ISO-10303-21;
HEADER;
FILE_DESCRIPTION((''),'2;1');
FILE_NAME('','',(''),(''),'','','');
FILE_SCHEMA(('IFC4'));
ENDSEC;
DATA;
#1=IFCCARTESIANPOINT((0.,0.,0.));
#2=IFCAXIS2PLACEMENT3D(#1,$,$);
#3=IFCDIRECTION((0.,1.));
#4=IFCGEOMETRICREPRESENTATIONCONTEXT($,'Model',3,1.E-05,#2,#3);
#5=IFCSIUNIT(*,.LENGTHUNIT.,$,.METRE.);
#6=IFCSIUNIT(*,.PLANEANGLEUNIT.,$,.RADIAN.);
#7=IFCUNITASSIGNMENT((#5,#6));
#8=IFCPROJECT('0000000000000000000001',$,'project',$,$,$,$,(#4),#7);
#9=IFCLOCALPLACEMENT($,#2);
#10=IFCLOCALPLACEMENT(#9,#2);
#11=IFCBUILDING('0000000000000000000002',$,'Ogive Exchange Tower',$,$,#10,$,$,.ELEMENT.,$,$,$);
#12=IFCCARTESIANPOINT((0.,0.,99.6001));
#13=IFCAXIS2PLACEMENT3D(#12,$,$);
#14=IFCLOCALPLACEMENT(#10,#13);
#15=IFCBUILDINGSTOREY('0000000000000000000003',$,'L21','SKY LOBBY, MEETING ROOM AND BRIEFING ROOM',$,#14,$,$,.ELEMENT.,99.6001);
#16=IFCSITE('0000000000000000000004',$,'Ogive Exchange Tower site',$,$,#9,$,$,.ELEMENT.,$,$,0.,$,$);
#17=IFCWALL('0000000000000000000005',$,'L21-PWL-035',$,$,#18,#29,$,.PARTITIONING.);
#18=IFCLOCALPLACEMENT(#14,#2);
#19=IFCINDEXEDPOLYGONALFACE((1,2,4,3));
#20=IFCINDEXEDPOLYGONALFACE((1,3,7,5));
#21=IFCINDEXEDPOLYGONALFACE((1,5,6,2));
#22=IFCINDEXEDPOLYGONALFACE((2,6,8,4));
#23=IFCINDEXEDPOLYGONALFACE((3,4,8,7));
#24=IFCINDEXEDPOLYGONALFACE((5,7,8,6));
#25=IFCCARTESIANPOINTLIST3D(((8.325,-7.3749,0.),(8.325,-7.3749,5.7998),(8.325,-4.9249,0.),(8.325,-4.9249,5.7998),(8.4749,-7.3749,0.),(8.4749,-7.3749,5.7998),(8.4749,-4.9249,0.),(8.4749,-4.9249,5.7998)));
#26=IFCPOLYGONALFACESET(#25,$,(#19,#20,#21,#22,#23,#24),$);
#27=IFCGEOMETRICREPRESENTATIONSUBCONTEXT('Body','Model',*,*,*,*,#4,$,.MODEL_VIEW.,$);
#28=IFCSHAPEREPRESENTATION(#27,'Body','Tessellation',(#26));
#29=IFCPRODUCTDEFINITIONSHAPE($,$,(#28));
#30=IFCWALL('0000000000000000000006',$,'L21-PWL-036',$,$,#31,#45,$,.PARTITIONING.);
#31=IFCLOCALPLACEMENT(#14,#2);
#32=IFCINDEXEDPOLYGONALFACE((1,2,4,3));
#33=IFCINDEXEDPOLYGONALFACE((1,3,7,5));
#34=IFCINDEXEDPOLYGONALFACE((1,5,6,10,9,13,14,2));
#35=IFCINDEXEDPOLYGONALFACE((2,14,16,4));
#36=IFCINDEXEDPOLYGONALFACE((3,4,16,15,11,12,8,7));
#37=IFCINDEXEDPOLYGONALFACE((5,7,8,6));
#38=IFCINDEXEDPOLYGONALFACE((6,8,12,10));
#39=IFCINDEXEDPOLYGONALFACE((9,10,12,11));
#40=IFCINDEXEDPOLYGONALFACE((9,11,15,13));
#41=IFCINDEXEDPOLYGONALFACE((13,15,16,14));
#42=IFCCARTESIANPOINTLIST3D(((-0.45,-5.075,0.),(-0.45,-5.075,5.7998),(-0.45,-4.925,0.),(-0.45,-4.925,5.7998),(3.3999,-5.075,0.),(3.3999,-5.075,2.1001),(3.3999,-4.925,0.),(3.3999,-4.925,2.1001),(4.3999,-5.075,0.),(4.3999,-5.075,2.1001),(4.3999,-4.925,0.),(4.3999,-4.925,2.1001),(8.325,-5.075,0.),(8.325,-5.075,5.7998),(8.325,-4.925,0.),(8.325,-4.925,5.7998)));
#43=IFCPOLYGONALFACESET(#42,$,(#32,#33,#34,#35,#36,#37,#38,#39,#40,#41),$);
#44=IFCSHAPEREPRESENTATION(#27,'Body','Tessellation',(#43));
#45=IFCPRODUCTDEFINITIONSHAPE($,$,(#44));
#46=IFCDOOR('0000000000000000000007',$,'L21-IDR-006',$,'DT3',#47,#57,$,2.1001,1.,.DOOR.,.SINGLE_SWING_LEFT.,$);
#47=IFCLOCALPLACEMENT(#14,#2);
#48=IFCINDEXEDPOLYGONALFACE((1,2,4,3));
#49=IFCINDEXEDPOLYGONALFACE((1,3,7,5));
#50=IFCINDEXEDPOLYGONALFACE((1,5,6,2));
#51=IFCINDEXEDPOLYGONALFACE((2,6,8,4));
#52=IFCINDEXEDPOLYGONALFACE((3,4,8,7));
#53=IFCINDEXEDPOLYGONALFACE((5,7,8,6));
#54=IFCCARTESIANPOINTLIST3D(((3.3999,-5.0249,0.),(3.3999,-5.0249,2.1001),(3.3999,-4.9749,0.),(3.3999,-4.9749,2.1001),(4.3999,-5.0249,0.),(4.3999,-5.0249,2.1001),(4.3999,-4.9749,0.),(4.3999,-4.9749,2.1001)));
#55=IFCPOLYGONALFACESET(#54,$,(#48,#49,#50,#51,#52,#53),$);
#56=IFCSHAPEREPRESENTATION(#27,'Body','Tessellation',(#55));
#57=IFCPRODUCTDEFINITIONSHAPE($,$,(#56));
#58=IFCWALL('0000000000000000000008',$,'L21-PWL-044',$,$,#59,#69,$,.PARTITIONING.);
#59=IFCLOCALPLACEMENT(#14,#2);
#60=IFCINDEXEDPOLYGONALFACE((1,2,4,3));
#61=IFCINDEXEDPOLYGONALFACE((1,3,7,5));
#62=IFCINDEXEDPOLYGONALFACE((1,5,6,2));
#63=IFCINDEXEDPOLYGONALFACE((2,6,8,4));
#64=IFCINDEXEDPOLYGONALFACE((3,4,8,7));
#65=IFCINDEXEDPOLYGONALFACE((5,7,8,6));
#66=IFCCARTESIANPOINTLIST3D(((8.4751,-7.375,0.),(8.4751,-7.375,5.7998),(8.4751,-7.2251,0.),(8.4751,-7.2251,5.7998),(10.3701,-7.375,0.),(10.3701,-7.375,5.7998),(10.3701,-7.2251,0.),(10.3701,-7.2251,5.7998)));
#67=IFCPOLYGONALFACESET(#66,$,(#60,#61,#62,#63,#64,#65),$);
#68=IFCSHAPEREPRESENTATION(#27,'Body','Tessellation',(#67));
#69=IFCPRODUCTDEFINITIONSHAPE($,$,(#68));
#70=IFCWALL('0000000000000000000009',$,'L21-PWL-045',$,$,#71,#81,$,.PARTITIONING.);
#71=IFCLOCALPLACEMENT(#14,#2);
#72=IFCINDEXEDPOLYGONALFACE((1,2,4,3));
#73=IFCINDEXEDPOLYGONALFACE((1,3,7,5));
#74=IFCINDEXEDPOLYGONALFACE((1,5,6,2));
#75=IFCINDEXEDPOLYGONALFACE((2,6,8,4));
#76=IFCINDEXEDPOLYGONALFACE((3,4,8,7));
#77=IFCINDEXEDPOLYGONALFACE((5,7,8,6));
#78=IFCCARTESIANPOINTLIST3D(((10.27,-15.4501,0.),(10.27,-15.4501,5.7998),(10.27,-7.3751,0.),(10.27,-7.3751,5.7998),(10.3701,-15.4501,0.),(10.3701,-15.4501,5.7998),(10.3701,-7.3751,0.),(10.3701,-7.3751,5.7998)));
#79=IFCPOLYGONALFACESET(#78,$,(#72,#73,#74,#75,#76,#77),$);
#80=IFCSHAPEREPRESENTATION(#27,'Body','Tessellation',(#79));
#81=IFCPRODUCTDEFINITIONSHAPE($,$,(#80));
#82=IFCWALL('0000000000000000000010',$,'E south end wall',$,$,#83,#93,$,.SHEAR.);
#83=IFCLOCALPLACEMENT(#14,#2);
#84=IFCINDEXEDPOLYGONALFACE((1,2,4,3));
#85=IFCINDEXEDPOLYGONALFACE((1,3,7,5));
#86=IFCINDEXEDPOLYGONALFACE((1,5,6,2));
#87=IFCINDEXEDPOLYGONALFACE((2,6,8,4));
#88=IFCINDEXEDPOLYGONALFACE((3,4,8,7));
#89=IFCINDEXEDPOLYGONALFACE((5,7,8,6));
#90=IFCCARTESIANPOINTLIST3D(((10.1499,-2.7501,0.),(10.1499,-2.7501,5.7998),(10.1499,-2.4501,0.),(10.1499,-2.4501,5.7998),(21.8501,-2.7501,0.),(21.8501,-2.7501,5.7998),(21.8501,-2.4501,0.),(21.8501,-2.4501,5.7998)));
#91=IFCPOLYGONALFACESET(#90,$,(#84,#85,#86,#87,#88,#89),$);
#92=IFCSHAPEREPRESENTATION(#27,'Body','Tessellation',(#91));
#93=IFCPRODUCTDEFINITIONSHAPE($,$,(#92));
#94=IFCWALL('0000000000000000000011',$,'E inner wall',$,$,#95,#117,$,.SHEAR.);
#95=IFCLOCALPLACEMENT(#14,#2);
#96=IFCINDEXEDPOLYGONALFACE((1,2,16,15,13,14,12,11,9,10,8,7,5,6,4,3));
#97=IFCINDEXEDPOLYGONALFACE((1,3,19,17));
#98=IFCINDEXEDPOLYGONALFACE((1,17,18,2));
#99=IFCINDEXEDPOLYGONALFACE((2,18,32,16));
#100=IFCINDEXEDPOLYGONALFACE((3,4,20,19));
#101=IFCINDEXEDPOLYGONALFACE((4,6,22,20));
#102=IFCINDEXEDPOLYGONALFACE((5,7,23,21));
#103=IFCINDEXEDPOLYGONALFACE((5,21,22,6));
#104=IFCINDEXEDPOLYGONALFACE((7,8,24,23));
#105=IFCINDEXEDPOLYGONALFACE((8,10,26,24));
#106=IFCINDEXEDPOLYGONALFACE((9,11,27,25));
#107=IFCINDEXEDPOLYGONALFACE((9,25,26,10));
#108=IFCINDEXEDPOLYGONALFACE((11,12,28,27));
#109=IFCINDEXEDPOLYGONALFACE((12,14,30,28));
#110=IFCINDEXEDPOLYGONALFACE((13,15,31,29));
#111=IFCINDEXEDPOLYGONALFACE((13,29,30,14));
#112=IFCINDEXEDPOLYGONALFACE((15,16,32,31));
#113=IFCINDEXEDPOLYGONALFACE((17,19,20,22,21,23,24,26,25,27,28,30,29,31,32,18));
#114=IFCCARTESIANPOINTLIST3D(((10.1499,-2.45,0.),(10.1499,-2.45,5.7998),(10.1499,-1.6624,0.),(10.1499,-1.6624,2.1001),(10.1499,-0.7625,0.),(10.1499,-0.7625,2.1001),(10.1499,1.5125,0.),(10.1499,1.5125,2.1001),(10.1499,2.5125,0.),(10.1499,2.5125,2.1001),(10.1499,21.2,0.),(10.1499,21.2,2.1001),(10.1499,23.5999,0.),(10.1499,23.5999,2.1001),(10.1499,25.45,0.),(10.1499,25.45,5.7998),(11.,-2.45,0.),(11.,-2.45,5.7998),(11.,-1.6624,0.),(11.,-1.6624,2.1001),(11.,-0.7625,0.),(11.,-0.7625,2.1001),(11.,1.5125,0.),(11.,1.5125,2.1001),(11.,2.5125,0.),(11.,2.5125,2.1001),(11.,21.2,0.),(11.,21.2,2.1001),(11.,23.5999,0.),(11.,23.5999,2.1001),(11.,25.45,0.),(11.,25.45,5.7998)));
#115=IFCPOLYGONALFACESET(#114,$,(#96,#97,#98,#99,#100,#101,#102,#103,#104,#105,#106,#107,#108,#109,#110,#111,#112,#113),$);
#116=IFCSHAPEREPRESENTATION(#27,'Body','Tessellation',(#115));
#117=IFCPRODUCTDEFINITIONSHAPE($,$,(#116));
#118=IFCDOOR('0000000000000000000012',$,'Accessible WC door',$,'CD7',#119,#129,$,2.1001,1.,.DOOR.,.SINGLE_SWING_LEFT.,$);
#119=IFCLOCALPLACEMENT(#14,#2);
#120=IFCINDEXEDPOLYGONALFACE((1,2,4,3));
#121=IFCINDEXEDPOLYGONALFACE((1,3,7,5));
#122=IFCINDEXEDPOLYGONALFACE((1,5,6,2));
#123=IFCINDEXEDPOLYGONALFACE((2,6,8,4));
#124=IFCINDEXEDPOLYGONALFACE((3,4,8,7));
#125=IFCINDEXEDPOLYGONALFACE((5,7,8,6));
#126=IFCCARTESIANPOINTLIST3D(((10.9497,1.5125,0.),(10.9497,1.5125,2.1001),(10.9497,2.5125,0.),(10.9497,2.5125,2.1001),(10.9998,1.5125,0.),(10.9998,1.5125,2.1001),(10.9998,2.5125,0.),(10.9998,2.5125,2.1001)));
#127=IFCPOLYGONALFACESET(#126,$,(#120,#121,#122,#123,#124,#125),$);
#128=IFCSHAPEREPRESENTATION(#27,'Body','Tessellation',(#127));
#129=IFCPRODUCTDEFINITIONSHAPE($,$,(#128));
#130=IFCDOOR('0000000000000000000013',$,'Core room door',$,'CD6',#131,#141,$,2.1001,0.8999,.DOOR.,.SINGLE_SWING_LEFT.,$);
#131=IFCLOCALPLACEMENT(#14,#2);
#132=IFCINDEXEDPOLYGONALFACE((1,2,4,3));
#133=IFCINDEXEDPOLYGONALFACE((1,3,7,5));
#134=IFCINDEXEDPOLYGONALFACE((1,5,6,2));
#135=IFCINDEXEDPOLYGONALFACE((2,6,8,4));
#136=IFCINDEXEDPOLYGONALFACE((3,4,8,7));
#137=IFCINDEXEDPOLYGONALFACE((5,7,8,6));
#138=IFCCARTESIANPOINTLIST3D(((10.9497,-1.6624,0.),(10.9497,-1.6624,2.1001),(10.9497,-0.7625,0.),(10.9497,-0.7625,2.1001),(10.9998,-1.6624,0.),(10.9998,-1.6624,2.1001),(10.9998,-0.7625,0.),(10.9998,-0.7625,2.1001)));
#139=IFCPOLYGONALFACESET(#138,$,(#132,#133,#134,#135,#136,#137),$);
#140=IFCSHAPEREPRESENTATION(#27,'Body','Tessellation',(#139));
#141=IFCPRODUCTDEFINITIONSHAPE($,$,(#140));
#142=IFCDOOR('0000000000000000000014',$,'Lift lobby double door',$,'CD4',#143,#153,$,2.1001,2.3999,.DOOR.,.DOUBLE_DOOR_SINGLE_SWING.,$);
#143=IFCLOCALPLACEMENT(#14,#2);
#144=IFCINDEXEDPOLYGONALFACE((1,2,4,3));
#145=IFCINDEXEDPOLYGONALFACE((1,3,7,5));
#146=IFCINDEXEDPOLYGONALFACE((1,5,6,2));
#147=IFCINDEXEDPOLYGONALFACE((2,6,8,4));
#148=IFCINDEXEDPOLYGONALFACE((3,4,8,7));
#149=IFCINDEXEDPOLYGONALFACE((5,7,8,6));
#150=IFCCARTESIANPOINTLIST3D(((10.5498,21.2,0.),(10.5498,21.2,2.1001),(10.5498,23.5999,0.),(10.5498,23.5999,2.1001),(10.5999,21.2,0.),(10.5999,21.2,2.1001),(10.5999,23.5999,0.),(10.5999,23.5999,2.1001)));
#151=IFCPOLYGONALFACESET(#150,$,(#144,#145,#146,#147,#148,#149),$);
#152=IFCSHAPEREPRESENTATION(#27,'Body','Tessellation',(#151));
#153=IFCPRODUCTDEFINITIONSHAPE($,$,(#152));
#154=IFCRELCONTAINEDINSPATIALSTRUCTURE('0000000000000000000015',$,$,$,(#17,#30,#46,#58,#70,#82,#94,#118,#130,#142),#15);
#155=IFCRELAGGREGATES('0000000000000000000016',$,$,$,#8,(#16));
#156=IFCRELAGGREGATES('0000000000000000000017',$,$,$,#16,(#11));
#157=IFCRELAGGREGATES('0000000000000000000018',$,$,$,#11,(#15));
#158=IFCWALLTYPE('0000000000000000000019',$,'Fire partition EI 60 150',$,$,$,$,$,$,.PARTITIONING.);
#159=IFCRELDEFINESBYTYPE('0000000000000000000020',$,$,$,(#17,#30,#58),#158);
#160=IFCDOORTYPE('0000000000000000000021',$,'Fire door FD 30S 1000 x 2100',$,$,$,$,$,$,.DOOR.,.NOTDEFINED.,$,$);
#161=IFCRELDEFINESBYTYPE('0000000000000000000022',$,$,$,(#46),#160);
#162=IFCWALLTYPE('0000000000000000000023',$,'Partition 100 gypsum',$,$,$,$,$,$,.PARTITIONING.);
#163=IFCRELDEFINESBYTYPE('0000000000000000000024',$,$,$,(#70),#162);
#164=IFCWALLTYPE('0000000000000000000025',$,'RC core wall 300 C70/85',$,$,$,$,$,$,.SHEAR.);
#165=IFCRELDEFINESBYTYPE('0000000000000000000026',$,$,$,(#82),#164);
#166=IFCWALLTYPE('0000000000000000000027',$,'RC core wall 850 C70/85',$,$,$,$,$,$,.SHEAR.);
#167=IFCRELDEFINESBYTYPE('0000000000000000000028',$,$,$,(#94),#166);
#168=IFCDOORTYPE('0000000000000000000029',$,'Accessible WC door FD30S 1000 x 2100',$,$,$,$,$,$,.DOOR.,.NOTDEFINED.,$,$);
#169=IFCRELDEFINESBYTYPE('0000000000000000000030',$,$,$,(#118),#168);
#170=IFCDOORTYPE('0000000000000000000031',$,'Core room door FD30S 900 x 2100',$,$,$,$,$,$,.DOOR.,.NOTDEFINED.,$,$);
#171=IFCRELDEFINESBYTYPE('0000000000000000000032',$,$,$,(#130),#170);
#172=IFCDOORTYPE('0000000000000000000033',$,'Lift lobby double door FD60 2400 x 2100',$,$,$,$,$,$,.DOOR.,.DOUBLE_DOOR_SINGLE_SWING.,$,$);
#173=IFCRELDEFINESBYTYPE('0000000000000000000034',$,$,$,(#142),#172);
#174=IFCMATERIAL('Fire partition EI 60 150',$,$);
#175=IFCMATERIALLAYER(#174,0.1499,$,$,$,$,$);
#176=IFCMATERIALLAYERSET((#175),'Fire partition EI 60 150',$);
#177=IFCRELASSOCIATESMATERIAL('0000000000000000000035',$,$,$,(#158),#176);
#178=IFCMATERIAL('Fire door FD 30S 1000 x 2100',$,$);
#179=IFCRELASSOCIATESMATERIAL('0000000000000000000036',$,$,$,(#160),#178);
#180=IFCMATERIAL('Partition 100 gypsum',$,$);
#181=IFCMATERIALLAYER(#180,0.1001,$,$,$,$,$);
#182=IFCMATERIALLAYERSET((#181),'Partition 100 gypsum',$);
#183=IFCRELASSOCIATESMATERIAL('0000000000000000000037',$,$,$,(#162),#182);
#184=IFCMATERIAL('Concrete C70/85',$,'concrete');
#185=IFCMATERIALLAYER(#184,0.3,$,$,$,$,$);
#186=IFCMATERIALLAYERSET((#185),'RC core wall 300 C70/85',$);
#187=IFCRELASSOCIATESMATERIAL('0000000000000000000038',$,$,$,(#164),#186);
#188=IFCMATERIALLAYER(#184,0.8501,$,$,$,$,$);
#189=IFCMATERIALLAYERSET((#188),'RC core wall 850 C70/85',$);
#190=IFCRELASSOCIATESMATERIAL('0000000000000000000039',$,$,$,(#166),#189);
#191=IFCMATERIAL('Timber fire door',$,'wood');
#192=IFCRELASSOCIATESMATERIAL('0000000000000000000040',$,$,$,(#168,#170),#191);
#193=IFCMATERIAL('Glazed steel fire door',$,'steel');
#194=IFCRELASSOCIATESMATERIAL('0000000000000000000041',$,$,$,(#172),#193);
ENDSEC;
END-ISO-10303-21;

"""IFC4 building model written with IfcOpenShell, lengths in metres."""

from ifc_helpers import new_model, si_unit, direction, frame, frame_2d, origin, place, context, subcontext, project, spatial, rectangle, extrude, material, layer, layer_set, type_object, element, fill, save


model = new_model("IFC4")

# Units and contexts
model_context = context("Model", 3, precision=1e-05, world=origin(), true_north=direction((0.0, 1.0)))
body_context = subcontext(model_context, "Body", "Model", "MODEL_VIEW")
ifc_project = project(units=[si_unit("LENGTHUNIT", "METRE"), si_unit("PLANEANGLEUNIT", "RADIAN")], contexts=[model_context])

# Site, building, storey
site_placement = place(None, origin())
site = spatial("IfcSite", under=ifc_project, at=site_placement, Name="Ogive Exchange Tower site", CompositionType="ELEMENT", RefElevation=0.0)
building_placement = place(site_placement, origin())
building = spatial("IfcBuilding", under=site, at=building_placement, Name="Ogive Exchange Tower", CompositionType="ELEMENT")
storey_placement = place(building_placement, frame((0.0, 0.0, 99.6001)))
storey = spatial("IfcBuildingStorey", under=building, at=storey_placement, Name="L21", Description="SKY LOBBY, MEETING ROOM AND BRIEFING ROOM", CompositionType="ELEMENT", Elevation=99.6001)

# Wall
ifc_material_1 = material(Name="Fire partition EI 60 150")
ifc_layer_1 = layer(ifc_material_1, 0.1499)
ifc_layer_set_1 = layer_set([ifc_layer_1], Name="Fire partition EI 60 150")
wall_type_1 = type_object("IfcWallType", Name="Fire partition EI 60 150", PredefinedType="PARTITIONING", material=ifc_layer_set_1)
wall_1_placement = place(storey_placement, frame((8.3999, -7.375, 0.0), z_axis=(0.0, 0.0, 1.0), x_axis=(0.0, 1.0, 0.0)))
element("IfcWall", 1, at=wall_1_placement, inside=storey, type_object=wall_type_1, Name="L21-PWL-035", PredefinedType="PARTITIONING", context=body_context, shape_type="SweptSolid", body=[
    extrude(rectangle(XDim=2.45, YDim=0.1499, at=frame_2d((1.2251, 0.0))), origin(), (0.0, 0.0, 1.0), 5.7998),
])

# Wall, opening, door
wall_2_placement = place(storey_placement, frame((8.325, -5.0, 0.0), z_axis=(0.0, 0.0, 1.0), x_axis=(-1.0, 0.0, 0.0)))
wall_2 = element("IfcWall", 2, at=wall_2_placement, inside=storey, type_object=wall_type_1, Name="L21-PWL-036", PredefinedType="PARTITIONING", context=body_context, shape_type="SweptSolid", body=[
    extrude(rectangle(XDim=8.7749, YDim=0.1499, at=frame_2d((4.3875, 0.0))), origin(), (0.0, 0.0, 1.0), 5.7998),
])
opening_1_placement = place(wall_2_placement, frame((3.925, 0.0, 0.0)))
opening_1 = element("IfcOpeningElement", 3, at=opening_1_placement, cuts=wall_2, PredefinedType="OPENING", context=body_context, shape_type="SweptSolid", body=[
    extrude(rectangle(XDim=1.0, YDim=2.1001, at=frame_2d((0.5, 1.05))), frame((0.0, 0.085, 0.0), z_axis=(0.0, -1.0, 0.0), x_axis=(1.0, 0.0, 0.0)), (0.0, 0.0, 1.0), 0.1699),
])
ifc_material_2 = material(Name="Fire door FD 30S 1000 x 2100")
door_type_1 = type_object("IfcDoorType", Name="Fire door FD 30S 1000 x 2100", OperationType="NOTDEFINED", PredefinedType="DOOR", material=ifc_material_2)
door_1_placement = place(opening_1_placement, origin())
door_1 = element("IfcDoor", 4, at=door_1_placement, inside=storey, type_object=door_type_1, Name="L21-IDR-006", ObjectType="DT3", OperationType="SINGLE_SWING_LEFT", OverallHeight=2.1001, OverallWidth=1.0, PredefinedType="DOOR", context=body_context, shape_type="SweptSolid", body=[
    extrude(rectangle(XDim=1.0, YDim=2.1001, at=frame_2d((0.5, 1.05))), frame((0.0, 0.0249, 0.0), z_axis=(0.0, -1.0, 0.0), x_axis=(1.0, 0.0, 0.0)), (0.0, 0.0, 1.0), 0.05),
])
fill(opening_1, door_1)

# Walls
wall_3_placement = place(storey_placement, frame((10.3701, -7.3, 0.0), z_axis=(0.0, 0.0, 1.0), x_axis=(-1.0, 0.0, 0.0)))
element("IfcWall", 5, at=wall_3_placement, inside=storey, type_object=wall_type_1, Name="L21-PWL-044", PredefinedType="PARTITIONING", context=body_context, shape_type="SweptSolid", body=[
    extrude(rectangle(XDim=1.895, YDim=0.1499, at=frame_2d((0.9475, 0.0))), origin(), (0.0, 0.0, 1.0), 5.7998),
])
ifc_material_3 = material(Name="Partition 100 gypsum")
ifc_layer_2 = layer(ifc_material_3, 0.1001)
ifc_layer_set_2 = layer_set([ifc_layer_2], Name="Partition 100 gypsum")
wall_type_2 = type_object("IfcWallType", Name="Partition 100 gypsum", PredefinedType="PARTITIONING", material=ifc_layer_set_2)
wall_4_placement = place(storey_placement, frame((10.3201, -7.375, 0.0), z_axis=(0.0, 0.0, 1.0), x_axis=(0.0, -1.0, 0.0)))
element("IfcWall", 6, at=wall_4_placement, inside=storey, type_object=wall_type_2, Name="L21-PWL-045", PredefinedType="PARTITIONING", context=body_context, shape_type="SweptSolid", body=[
    extrude(rectangle(XDim=8.075, YDim=0.1001, at=frame_2d((4.0376, 0.0))), origin(), (0.0, 0.0, 1.0), 5.7998),
])
ifc_material_4 = material(Name="Concrete C70/85", Category="concrete")
ifc_layer_3 = layer(ifc_material_4, 0.3)
ifc_layer_set_3 = layer_set([ifc_layer_3], Name="RC core wall 300 C70/85")
wall_type_3 = type_object("IfcWallType", Name="RC core wall 300 C70/85", PredefinedType="SHEAR", material=ifc_layer_set_3)
wall_5_placement = place(storey_placement, frame((10.1499, -2.6001, 0.0), z_axis=(0.0, 0.0, 1.0), x_axis=(1.0, 0.0, 0.0)))
element("IfcWall", 7, at=wall_5_placement, inside=storey, type_object=wall_type_3, Name="E south end wall", PredefinedType="SHEAR", context=body_context, shape_type="SweptSolid", body=[
    extrude(rectangle(XDim=11.7002, YDim=0.3, at=frame_2d((5.8501, 0.0))), origin(), (0.0, 0.0, 1.0), 5.7998),
])

# Wall, openings, doors
ifc_layer_4 = layer(ifc_material_4, 0.8501)
ifc_layer_set_4 = layer_set([ifc_layer_4], Name="RC core wall 850 C70/85")
wall_type_4 = type_object("IfcWallType", Name="RC core wall 850 C70/85", PredefinedType="SHEAR", material=ifc_layer_set_4)
wall_6_placement = place(storey_placement, frame((10.575, -2.45, 0.0), z_axis=(0.0, 0.0, 1.0), x_axis=(0.0, 1.0, 0.0)))
wall_6 = element("IfcWall", 8, at=wall_6_placement, inside=storey, type_object=wall_type_4, Name="E inner wall", PredefinedType="SHEAR", context=body_context, shape_type="SweptSolid", body=[
    extrude(rectangle(XDim=27.8999, YDim=0.8501, at=frame_2d((13.95, 0.0))), origin(), (0.0, 0.0, 1.0), 5.7998),
])
opening_2_placement = place(wall_6_placement, frame((23.6499, 0.0, 0.0)))
opening_2 = element("IfcOpeningElement", 9, at=opening_2_placement, cuts=wall_6, PredefinedType="OPENING", context=body_context, shape_type="SweptSolid", body=[
    extrude(rectangle(XDim=2.3999, YDim=2.1001, at=frame_2d((1.2, 1.05))), frame((0.0, 0.4351, 0.0), z_axis=(0.0, -1.0, 0.0), x_axis=(1.0, 0.0, 0.0)), (0.0, 0.0, 1.0), 0.8701),
])
opening_3_placement = place(wall_6_placement, frame((0.7876, 0.0, 0.0)))
opening_3 = element("IfcOpeningElement", 10, at=opening_3_placement, cuts=wall_6, PredefinedType="OPENING", context=body_context, shape_type="SweptSolid", body=[
    extrude(rectangle(XDim=0.8999, YDim=2.1001, at=frame_2d((0.45, 1.05))), frame((0.0, 0.4351, 0.0), z_axis=(0.0, -1.0, 0.0), x_axis=(1.0, 0.0, 0.0)), (0.0, 0.0, 1.0), 0.8701),
])
opening_4_placement = place(wall_6_placement, frame((3.9624, 0.0, 0.0)))
opening_4 = element("IfcOpeningElement", 11, at=opening_4_placement, cuts=wall_6, PredefinedType="OPENING", context=body_context, shape_type="SweptSolid", body=[
    extrude(rectangle(XDim=1.0, YDim=2.1001, at=frame_2d((0.5, 1.05))), frame((0.0, 0.4351, 0.0), z_axis=(0.0, -1.0, 0.0), x_axis=(1.0, 0.0, 0.0)), (0.0, 0.0, 1.0), 0.8701),
])
ifc_material_5 = material(Name="Timber fire door", Category="wood")
door_type_2 = type_object("IfcDoorType", Name="Accessible WC door FD30S 1000 x 2100", OperationType="NOTDEFINED", PredefinedType="DOOR", material=ifc_material_5)
door_2_placement = place(opening_4_placement, frame((1.0, -0.7998, 0.0), z_axis=(0.0, 0.0, 1.0), x_axis=(-1.0, 0.0, 0.0)))
door_2 = element("IfcDoor", 12, at=door_2_placement, inside=storey, type_object=door_type_2, Name="Accessible WC door", ObjectType="CD7", OperationType="SINGLE_SWING_LEFT", OverallHeight=2.1001, OverallWidth=1.0, PredefinedType="DOOR", context=body_context, shape_type="SweptSolid", body=[
    extrude(rectangle(XDim=1.0, YDim=2.1001, at=frame_2d((0.5, 1.05))), frame((0.0, -0.375, 0.0), z_axis=(0.0, -1.0, 0.0), x_axis=(1.0, 0.0, 0.0)), (0.0, 0.0, 1.0), 0.05),
])
fill(opening_4, door_2)
door_type_3 = type_object("IfcDoorType", Name="Core room door FD30S 900 x 2100", OperationType="NOTDEFINED", PredefinedType="DOOR", material=ifc_material_5)
door_3_placement = place(opening_3_placement, frame((0.8999, -0.7998, 0.0), z_axis=(0.0, 0.0, 1.0), x_axis=(-1.0, 0.0, 0.0)))
door_3 = element("IfcDoor", 13, at=door_3_placement, inside=storey, type_object=door_type_3, Name="Core room door", ObjectType="CD6", OperationType="SINGLE_SWING_LEFT", OverallHeight=2.1001, OverallWidth=0.8999, PredefinedType="DOOR", context=body_context, shape_type="SweptSolid", body=[
    extrude(rectangle(XDim=0.8999, YDim=2.1001, at=frame_2d((0.45, 1.05))), frame((0.0, -0.375, 0.0), z_axis=(0.0, -1.0, 0.0), x_axis=(1.0, 0.0, 0.0)), (0.0, 0.0, 1.0), 0.05),
])
fill(opening_3, door_3)
ifc_material_6 = material(Name="Glazed steel fire door", Category="steel")
door_type_4 = type_object("IfcDoorType", Name="Lift lobby double door FD60 2400 x 2100", OperationType="DOUBLE_DOOR_SINGLE_SWING", PredefinedType="DOOR", material=ifc_material_6)
door_4_placement = place(opening_2_placement, frame((2.3999, 0.0, 0.0), z_axis=(0.0, 0.0, 1.0), x_axis=(-1.0, 0.0, 0.0)))
door_4 = element("IfcDoor", 14, at=door_4_placement, inside=storey, type_object=door_type_4, Name="Lift lobby double door", ObjectType="CD4", OperationType="DOUBLE_DOOR_SINGLE_SWING", OverallHeight=2.1001, OverallWidth=2.3999, PredefinedType="DOOR", context=body_context, shape_type="SweptSolid", body=[
    extrude(rectangle(XDim=2.3999, YDim=2.1001, at=frame_2d((1.2, 1.05))), frame((0.0, 0.0249, 0.0), z_axis=(0.0, -1.0, 0.0), x_axis=(1.0, 0.0, 0.0)), (0.0, 0.0, 1.0), 0.05),
])
fill(opening_2, door_4)

save(model, "model.ifc")
